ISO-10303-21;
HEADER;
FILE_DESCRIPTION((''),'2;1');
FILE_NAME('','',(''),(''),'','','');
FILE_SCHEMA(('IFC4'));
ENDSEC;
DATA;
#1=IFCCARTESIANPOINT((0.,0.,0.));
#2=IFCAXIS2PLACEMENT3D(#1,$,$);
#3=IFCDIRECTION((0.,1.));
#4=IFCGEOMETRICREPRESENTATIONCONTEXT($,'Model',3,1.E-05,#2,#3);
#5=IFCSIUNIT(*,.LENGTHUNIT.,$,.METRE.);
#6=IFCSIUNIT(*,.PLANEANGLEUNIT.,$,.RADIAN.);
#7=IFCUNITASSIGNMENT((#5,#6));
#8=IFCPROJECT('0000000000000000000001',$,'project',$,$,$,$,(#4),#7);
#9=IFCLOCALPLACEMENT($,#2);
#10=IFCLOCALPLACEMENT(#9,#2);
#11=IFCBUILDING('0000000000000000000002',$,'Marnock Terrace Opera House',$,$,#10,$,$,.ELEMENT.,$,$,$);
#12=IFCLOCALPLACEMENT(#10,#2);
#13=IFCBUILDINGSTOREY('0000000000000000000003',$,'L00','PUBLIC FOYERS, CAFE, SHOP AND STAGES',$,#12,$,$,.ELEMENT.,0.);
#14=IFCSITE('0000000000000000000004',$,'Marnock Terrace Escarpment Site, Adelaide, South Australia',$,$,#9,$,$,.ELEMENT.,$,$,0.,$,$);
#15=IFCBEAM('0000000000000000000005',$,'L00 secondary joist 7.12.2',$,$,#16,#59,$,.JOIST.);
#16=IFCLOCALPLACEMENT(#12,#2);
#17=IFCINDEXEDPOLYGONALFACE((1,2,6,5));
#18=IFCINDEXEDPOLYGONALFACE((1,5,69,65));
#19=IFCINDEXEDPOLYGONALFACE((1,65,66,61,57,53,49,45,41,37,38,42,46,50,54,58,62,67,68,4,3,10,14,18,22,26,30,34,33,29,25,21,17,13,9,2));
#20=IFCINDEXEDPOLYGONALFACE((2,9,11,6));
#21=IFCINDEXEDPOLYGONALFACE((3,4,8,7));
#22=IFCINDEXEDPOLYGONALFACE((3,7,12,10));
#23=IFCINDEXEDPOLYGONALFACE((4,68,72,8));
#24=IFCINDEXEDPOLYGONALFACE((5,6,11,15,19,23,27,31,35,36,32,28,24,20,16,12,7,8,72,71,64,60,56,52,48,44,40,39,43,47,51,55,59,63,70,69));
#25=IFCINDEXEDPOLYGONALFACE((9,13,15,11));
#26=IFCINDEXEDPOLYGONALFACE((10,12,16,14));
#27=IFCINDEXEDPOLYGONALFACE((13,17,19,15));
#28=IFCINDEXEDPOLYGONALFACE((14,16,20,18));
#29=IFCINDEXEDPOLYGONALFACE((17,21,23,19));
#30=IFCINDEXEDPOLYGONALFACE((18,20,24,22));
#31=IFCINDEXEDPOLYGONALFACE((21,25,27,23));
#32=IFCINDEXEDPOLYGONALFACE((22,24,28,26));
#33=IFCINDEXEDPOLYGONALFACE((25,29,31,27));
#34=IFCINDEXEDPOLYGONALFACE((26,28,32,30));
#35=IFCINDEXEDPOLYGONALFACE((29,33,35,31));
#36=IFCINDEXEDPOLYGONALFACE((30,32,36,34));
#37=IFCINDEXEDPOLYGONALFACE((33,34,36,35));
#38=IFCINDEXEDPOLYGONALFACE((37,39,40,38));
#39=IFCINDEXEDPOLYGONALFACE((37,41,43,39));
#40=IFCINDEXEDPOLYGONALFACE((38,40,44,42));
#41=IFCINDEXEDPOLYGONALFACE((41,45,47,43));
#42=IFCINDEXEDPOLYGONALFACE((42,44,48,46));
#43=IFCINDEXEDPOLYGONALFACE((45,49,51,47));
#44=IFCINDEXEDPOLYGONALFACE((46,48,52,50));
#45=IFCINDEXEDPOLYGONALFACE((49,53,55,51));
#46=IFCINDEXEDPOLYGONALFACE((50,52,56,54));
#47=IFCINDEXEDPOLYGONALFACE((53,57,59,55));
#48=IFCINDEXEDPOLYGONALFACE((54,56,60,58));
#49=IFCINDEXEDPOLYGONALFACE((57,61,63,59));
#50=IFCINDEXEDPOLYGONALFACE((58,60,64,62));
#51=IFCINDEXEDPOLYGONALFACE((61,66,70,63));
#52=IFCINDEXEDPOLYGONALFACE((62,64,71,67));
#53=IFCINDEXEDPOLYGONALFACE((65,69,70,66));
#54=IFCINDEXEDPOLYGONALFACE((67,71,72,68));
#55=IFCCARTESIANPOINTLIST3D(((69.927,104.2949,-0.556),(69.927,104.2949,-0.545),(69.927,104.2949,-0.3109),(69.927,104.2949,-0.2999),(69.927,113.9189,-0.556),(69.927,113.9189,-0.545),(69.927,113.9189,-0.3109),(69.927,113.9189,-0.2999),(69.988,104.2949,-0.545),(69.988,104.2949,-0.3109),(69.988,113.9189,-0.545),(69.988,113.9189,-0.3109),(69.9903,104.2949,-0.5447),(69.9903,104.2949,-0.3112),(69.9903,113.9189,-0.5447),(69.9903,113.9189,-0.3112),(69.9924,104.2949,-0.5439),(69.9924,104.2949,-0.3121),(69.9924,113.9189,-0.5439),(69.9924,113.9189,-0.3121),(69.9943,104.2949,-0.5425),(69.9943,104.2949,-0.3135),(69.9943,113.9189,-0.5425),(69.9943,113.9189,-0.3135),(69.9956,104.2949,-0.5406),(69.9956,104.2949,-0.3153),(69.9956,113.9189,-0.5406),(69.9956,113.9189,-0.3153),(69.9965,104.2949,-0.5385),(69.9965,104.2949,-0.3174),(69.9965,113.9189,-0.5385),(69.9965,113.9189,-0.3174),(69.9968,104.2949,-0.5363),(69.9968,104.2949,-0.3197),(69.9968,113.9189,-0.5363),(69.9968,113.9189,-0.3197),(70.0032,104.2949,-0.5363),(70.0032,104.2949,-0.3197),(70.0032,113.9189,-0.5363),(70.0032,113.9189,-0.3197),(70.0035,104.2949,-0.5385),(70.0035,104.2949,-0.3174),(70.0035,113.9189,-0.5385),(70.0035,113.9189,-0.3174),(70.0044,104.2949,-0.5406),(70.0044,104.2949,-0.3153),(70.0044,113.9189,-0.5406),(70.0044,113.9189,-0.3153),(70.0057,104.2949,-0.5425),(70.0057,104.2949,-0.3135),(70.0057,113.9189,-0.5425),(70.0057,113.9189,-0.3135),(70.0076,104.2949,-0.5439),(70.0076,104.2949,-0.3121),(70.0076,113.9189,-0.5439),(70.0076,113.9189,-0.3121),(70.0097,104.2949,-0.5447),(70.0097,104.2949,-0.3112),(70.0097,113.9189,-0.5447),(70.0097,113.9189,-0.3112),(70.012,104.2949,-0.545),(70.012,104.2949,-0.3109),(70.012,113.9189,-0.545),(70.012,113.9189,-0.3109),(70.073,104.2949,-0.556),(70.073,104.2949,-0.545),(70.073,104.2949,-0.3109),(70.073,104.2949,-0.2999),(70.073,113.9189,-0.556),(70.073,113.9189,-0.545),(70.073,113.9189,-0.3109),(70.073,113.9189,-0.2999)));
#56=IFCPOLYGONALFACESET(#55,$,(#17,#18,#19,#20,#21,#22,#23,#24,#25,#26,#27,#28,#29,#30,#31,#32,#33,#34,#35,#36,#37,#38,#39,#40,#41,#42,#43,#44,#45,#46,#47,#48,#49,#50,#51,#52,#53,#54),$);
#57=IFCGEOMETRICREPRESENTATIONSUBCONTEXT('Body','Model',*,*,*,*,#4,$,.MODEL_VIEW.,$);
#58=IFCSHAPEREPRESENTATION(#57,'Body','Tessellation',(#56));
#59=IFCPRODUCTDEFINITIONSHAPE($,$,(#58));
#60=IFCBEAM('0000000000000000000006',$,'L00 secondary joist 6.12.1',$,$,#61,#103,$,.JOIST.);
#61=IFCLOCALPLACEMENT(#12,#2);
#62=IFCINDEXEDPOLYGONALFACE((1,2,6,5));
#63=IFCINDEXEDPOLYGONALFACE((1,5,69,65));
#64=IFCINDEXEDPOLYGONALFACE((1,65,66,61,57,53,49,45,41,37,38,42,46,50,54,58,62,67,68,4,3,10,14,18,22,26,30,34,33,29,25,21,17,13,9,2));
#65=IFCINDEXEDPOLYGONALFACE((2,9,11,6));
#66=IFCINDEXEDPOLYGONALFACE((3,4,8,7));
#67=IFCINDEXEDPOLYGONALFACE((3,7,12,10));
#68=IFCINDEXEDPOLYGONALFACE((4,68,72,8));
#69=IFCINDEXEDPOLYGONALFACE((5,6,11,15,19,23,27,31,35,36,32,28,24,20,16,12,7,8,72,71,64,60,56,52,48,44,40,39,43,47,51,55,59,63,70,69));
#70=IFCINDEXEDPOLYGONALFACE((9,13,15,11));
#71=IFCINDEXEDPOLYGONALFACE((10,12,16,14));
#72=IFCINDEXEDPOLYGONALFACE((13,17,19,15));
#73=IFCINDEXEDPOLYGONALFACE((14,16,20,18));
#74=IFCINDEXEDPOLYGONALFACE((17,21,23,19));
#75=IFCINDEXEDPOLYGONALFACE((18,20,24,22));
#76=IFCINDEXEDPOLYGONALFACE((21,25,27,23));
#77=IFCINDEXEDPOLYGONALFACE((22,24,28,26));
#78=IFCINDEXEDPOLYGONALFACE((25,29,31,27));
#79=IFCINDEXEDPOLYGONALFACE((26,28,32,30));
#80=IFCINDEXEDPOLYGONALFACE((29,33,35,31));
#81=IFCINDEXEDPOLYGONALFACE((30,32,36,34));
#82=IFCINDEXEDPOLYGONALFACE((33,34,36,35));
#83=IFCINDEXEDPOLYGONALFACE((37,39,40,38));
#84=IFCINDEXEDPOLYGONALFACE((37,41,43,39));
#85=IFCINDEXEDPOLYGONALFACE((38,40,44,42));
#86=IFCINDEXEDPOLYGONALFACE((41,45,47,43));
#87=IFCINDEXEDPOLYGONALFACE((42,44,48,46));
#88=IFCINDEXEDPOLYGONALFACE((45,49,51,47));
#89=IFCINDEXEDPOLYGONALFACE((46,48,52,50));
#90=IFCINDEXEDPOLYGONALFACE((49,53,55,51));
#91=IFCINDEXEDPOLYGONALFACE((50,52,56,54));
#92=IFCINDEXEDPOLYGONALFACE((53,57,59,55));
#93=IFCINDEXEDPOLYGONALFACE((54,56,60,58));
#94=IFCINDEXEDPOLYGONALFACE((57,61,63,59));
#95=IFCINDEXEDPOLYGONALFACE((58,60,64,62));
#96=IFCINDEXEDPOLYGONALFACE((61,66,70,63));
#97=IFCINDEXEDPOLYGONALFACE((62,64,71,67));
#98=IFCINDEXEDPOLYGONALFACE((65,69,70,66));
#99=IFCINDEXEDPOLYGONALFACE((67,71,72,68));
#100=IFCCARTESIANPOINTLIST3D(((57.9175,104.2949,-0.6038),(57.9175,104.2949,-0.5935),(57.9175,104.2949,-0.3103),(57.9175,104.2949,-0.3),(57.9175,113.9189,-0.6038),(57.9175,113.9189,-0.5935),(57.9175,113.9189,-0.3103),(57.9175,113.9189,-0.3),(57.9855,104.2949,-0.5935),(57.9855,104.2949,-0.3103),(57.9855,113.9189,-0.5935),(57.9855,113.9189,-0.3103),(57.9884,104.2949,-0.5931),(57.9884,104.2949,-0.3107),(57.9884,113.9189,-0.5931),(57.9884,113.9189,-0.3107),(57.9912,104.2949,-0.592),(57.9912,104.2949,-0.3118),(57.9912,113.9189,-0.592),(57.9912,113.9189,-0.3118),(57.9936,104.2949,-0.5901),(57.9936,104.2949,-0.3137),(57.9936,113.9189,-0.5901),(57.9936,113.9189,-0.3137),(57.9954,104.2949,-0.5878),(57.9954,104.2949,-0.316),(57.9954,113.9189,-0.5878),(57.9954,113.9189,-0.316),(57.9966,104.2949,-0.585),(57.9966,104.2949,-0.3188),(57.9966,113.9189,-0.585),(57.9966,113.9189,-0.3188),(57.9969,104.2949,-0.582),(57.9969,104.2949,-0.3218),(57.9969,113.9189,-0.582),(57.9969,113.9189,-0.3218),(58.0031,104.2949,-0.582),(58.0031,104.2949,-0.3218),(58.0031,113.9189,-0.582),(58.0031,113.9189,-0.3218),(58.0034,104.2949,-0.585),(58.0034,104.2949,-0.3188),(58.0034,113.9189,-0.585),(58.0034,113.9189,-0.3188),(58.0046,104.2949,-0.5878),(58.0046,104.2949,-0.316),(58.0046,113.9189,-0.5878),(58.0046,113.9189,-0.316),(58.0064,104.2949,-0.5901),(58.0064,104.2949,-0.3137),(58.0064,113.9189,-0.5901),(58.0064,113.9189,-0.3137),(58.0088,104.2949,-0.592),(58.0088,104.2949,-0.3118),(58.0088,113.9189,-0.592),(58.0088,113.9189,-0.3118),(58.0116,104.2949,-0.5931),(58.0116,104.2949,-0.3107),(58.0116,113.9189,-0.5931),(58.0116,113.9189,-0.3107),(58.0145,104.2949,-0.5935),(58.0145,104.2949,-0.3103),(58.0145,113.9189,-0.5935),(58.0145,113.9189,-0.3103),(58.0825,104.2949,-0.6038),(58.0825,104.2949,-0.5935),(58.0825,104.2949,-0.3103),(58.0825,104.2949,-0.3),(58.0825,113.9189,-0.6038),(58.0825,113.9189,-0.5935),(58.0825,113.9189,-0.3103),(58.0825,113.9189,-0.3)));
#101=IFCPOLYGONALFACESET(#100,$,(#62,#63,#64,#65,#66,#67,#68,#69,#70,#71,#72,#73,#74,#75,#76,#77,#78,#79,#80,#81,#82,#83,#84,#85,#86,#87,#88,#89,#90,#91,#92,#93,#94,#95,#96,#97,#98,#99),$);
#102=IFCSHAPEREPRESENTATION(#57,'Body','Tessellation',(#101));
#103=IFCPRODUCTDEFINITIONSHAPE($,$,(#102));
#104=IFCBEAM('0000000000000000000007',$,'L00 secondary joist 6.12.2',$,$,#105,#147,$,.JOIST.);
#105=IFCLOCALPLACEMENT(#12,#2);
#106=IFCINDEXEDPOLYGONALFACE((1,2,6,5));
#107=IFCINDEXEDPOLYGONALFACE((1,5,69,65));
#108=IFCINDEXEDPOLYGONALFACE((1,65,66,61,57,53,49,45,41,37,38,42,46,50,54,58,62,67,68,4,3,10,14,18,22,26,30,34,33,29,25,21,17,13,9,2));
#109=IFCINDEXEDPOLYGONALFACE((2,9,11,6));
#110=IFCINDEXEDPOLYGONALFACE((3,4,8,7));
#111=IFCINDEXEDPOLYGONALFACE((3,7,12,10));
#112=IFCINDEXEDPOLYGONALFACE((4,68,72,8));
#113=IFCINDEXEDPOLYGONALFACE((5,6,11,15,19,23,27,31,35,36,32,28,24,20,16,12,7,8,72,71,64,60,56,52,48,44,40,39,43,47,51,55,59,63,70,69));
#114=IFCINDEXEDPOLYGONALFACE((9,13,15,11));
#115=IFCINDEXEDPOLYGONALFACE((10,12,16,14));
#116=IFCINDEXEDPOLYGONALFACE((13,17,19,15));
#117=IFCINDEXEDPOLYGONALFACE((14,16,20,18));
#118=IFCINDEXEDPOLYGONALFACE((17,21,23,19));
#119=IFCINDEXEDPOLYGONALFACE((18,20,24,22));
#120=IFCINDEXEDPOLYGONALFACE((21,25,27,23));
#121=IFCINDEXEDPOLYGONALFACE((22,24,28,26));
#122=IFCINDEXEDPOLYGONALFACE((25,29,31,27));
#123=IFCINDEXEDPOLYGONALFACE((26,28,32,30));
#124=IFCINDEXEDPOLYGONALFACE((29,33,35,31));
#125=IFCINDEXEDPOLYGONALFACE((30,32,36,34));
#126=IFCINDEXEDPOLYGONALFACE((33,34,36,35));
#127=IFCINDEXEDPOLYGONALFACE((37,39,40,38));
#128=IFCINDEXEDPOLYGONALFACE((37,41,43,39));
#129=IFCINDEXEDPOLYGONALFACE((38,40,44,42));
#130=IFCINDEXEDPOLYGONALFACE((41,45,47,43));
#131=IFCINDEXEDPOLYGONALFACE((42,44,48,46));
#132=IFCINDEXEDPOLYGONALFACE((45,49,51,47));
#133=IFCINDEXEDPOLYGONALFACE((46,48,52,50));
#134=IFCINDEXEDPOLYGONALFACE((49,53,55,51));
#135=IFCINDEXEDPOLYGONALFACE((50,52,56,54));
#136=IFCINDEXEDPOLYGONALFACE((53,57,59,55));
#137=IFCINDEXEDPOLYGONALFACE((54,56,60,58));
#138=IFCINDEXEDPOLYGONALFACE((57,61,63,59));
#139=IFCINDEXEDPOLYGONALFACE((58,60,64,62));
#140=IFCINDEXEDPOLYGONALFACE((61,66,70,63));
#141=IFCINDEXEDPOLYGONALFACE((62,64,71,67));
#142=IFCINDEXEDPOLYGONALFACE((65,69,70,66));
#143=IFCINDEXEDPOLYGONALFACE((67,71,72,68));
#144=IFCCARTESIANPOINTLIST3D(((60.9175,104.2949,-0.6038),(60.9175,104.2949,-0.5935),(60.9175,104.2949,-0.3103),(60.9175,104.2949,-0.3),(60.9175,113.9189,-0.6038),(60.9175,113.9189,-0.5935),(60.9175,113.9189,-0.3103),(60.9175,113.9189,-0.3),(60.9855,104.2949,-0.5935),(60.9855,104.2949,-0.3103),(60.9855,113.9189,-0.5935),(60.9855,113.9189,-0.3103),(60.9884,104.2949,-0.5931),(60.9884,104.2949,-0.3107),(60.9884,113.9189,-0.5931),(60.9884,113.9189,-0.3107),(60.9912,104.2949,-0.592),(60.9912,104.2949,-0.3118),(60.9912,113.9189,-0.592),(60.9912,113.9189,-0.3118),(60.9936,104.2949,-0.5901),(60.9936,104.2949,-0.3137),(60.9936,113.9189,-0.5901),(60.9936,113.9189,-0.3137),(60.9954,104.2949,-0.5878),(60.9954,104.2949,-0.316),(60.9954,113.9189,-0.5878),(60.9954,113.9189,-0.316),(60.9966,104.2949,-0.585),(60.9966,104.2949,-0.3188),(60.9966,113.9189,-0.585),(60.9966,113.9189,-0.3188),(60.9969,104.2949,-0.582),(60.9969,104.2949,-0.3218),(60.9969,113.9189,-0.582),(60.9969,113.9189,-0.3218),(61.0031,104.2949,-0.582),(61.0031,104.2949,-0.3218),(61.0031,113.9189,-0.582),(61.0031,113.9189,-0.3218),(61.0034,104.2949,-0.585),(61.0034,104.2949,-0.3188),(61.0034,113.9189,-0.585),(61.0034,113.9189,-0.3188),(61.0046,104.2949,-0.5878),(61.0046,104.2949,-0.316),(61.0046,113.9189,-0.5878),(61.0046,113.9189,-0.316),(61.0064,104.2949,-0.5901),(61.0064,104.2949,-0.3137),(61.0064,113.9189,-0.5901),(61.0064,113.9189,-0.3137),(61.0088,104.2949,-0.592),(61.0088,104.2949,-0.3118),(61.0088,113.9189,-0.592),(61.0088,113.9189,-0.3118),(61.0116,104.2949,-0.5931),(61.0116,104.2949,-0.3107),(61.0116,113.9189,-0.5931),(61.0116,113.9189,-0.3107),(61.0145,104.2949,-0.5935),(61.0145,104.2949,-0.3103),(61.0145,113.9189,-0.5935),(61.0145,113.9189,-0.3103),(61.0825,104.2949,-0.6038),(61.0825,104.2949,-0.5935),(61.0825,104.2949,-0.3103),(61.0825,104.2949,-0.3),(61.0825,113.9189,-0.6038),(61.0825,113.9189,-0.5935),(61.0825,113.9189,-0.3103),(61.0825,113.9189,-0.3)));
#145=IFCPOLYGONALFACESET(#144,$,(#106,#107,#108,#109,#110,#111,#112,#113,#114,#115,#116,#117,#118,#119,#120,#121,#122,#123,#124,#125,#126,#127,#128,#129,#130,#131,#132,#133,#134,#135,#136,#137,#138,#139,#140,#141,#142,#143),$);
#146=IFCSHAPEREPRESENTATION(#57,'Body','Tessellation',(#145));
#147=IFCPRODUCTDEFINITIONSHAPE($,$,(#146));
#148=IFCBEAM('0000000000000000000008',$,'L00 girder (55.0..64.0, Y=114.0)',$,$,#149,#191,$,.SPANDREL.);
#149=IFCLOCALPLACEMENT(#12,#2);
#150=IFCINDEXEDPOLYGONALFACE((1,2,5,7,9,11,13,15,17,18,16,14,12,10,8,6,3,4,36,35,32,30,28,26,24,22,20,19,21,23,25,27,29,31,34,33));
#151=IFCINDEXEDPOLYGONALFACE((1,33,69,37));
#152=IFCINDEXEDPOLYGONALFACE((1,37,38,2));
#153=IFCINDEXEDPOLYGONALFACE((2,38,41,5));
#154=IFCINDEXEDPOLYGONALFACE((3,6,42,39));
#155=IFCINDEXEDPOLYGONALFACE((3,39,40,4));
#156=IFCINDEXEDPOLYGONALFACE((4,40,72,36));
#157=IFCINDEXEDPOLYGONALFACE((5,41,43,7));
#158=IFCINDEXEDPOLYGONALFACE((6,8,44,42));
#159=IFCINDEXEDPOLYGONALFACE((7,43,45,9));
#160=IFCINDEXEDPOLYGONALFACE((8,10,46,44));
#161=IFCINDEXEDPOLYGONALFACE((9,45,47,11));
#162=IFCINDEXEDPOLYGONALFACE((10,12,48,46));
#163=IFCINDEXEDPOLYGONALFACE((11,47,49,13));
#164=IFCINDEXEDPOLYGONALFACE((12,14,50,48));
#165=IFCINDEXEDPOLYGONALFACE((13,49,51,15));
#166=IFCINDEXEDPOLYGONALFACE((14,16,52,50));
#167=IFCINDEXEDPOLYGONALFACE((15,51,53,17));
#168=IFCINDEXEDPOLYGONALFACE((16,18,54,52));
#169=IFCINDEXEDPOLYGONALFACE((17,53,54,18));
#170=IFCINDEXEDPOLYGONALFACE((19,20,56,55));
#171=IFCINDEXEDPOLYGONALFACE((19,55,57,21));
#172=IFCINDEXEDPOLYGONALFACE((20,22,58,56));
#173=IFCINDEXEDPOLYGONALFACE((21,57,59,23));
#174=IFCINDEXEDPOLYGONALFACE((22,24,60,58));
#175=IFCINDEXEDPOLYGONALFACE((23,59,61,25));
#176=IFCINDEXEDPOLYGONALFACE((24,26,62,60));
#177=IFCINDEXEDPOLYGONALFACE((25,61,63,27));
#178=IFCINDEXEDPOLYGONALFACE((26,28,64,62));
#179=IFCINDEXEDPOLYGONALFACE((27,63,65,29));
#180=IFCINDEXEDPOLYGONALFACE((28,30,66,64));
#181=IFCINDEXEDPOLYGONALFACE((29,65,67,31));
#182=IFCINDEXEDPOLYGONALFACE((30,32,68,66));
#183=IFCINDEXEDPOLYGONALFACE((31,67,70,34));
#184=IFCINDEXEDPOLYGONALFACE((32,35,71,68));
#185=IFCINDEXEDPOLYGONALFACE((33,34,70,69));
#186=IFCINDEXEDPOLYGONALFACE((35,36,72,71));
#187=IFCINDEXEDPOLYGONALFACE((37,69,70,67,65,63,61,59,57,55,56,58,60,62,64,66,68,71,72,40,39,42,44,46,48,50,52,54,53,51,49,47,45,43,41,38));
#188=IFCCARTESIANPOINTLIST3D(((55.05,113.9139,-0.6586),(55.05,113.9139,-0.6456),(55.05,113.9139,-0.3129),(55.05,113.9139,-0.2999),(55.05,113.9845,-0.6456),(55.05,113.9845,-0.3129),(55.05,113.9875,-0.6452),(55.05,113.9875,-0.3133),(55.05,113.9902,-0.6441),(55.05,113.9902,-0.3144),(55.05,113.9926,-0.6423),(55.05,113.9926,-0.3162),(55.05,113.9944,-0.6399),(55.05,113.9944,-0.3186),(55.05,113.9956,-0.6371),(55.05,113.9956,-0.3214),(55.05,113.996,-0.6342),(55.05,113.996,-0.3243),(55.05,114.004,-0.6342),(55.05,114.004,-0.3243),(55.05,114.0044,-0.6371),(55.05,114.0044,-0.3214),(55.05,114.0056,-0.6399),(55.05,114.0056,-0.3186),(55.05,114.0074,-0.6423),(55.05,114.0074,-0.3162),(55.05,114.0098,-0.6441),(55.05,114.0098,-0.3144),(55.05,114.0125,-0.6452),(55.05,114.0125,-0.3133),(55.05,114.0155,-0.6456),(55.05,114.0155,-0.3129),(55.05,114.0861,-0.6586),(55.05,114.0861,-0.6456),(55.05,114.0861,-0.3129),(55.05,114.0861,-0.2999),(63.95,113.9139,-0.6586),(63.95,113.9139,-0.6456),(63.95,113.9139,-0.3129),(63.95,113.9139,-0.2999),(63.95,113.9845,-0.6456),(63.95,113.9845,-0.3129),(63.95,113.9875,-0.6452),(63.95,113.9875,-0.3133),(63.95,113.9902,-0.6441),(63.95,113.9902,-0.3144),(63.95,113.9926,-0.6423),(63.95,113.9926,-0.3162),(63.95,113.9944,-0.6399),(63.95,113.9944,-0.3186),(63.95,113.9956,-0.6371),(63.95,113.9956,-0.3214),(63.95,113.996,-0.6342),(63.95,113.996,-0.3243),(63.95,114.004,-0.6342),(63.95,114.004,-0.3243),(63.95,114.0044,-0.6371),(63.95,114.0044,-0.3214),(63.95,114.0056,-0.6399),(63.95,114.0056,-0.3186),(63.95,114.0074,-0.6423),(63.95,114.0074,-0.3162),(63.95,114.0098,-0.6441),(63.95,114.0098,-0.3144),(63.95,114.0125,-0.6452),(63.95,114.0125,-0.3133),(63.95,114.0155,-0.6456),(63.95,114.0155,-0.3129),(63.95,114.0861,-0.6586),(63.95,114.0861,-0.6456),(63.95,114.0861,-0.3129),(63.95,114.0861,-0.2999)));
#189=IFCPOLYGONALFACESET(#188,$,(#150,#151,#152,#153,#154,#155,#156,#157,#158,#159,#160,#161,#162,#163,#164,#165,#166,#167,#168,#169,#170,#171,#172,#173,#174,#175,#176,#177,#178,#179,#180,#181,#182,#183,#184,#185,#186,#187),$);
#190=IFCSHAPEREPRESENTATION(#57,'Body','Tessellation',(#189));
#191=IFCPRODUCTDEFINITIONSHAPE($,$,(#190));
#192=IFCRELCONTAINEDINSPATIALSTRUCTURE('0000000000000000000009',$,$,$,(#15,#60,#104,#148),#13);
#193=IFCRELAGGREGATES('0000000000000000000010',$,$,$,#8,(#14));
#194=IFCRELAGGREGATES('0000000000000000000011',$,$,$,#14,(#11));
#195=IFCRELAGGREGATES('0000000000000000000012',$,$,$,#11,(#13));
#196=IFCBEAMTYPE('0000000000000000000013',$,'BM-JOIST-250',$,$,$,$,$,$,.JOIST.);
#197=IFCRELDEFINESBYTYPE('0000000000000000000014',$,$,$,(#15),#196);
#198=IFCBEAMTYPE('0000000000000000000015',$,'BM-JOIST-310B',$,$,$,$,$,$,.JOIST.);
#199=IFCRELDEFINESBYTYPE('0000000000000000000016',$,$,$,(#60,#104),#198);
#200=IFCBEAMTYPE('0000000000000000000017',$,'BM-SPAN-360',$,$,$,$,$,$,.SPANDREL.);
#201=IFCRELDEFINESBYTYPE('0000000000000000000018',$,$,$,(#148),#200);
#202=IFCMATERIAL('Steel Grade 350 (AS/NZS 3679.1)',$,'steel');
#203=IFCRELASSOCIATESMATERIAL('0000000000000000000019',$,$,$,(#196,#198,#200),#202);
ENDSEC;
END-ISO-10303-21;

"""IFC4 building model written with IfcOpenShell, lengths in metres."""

from ifc_helpers import new_model, si_unit, direction, frame, origin, origin_2d, place, context, subcontext, project, spatial, i_section, extrude, material, material_profile, profile_set, type_object, element, save


model = new_model("IFC4")

# Units and contexts
model_context = context("Model", 3, precision=1e-05, world=origin(), true_north=direction((0.0, 1.0)))
body_context = subcontext(model_context, "Body", "Model", "MODEL_VIEW")
ifc_project = project(units=[si_unit("LENGTHUNIT", "METRE"), si_unit("PLANEANGLEUNIT", "RADIAN")], contexts=[model_context])

# Site, building, storey
site_placement = place(None, origin())
site = spatial("IfcSite", under=ifc_project, at=site_placement, Name="Marnock Terrace Escarpment Site, Adelaide, South Australia", CompositionType="ELEMENT", RefElevation=0.0)
building_placement = place(site_placement, origin())
building = spatial("IfcBuilding", under=site, at=building_placement, Name="Marnock Terrace Opera House", CompositionType="ELEMENT")
storey_placement = place(building_placement, origin())
storey = spatial("IfcBuildingStorey", under=building, at=storey_placement, Name="L00", Description="PUBLIC FOYERS, CAFE, SHOP AND STAGES", CompositionType="ELEMENT", Elevation=0.0)

# Beams
ifc_material_1 = material(Name="Steel Grade 350 (AS/NZS 3679.1)", Category="steel")
ifc_material_profile_1 = material_profile(ifc_material_1, i_section(OverallWidth=0.146, OverallDepth=0.2561, WebThickness=0.0063, FlangeThickness=0.011, FilletRadius=0.0088, at=origin_2d()))
ifc_profile_set_1 = profile_set([ifc_material_profile_1], Name="Steel Grade 350 (AS/NZS 3679.1)")
beam_type_1 = type_object("IfcBeamType", Name="BM-JOIST-250", PredefinedType="JOIST", material=ifc_profile_set_1)
for number, where, z_axis, x_axis, name in (
    (1, (70.0, 104.2949, -0.428), (0.0, 1.0, 0.0), (-1.0, 0.0, 0.0), "L00 secondary joist 7.12.2"),
):
    element("IfcBeam", number, at=place(storey_placement, frame(where, z_axis=z_axis, x_axis=x_axis)), inside=storey, type_object=beam_type_1, Name=name, PredefinedType="JOIST", context=body_context, shape_type="SweptSolid", body=[
        extrude(i_section(OverallWidth=0.146, OverallDepth=0.2561, WebThickness=0.0063, FlangeThickness=0.011, FilletRadius=0.0088, at=origin_2d()), origin(), (0.0, 0.0, 1.0), 9.624),
    ])
ifc_material_profile_2 = material_profile(ifc_material_1, i_section(OverallWidth=0.165, OverallDepth=0.3037, WebThickness=0.0061, FlangeThickness=0.0103, FilletRadius=0.0115, at=origin_2d()))
ifc_profile_set_2 = profile_set([ifc_material_profile_2], Name="Steel Grade 350 (AS/NZS 3679.1)")
beam_type_2 = type_object("IfcBeamType", Name="BM-JOIST-310B", PredefinedType="JOIST", material=ifc_profile_set_2)
for number, where, z_axis, x_axis, name in (
    (2, (58.0, 104.2949, -0.4519), (0.0, 1.0, 0.0), (-1.0, 0.0, 0.0), "L00 secondary joist 6.12.1"),
    (3, (61.0, 104.2949, -0.4519), (0.0, 1.0, 0.0), (-1.0, 0.0, 0.0), "L00 secondary joist 6.12.2"),
):
    element("IfcBeam", number, at=place(storey_placement, frame(where, z_axis=z_axis, x_axis=x_axis)), inside=storey, type_object=beam_type_2, Name=name, PredefinedType="JOIST", context=body_context, shape_type="SweptSolid", body=[
        extrude(i_section(OverallWidth=0.165, OverallDepth=0.3037, WebThickness=0.0061, FlangeThickness=0.0103, FilletRadius=0.0115, at=origin_2d()), origin(), (0.0, 0.0, 1.0), 9.624),
    ])
ifc_material_profile_3 = material_profile(ifc_material_1, i_section(OverallWidth=0.1721, OverallDepth=0.3586, WebThickness=0.0081, FlangeThickness=0.0129, FilletRadius=0.0115, at=origin_2d()))
ifc_profile_set_3 = profile_set([ifc_material_profile_3], Name="Steel Grade 350 (AS/NZS 3679.1)")
beam_type_3 = type_object("IfcBeamType", Name="BM-SPAN-360", PredefinedType="SPANDREL", material=ifc_profile_set_3)
for number, where, z_axis, x_axis, name in (
    (4, (55.05, 114.0, -0.4792), (1.0, 0.0, 0.0), (0.0, 1.0, 0.0), "L00 girder (55.0..64.0, Y=114.0)"),
):
    element("IfcBeam", number, at=place(storey_placement, frame(where, z_axis=z_axis, x_axis=x_axis)), inside=storey, type_object=beam_type_3, Name=name, PredefinedType="SPANDREL", context=body_context, shape_type="SweptSolid", body=[
        extrude(i_section(OverallWidth=0.1721, OverallDepth=0.3586, WebThickness=0.0081, FlangeThickness=0.0129, FilletRadius=0.0115, at=origin_2d()), origin(), (0.0, 0.0, 1.0), 8.8999),
    ])

save(model, "model.ifc")
